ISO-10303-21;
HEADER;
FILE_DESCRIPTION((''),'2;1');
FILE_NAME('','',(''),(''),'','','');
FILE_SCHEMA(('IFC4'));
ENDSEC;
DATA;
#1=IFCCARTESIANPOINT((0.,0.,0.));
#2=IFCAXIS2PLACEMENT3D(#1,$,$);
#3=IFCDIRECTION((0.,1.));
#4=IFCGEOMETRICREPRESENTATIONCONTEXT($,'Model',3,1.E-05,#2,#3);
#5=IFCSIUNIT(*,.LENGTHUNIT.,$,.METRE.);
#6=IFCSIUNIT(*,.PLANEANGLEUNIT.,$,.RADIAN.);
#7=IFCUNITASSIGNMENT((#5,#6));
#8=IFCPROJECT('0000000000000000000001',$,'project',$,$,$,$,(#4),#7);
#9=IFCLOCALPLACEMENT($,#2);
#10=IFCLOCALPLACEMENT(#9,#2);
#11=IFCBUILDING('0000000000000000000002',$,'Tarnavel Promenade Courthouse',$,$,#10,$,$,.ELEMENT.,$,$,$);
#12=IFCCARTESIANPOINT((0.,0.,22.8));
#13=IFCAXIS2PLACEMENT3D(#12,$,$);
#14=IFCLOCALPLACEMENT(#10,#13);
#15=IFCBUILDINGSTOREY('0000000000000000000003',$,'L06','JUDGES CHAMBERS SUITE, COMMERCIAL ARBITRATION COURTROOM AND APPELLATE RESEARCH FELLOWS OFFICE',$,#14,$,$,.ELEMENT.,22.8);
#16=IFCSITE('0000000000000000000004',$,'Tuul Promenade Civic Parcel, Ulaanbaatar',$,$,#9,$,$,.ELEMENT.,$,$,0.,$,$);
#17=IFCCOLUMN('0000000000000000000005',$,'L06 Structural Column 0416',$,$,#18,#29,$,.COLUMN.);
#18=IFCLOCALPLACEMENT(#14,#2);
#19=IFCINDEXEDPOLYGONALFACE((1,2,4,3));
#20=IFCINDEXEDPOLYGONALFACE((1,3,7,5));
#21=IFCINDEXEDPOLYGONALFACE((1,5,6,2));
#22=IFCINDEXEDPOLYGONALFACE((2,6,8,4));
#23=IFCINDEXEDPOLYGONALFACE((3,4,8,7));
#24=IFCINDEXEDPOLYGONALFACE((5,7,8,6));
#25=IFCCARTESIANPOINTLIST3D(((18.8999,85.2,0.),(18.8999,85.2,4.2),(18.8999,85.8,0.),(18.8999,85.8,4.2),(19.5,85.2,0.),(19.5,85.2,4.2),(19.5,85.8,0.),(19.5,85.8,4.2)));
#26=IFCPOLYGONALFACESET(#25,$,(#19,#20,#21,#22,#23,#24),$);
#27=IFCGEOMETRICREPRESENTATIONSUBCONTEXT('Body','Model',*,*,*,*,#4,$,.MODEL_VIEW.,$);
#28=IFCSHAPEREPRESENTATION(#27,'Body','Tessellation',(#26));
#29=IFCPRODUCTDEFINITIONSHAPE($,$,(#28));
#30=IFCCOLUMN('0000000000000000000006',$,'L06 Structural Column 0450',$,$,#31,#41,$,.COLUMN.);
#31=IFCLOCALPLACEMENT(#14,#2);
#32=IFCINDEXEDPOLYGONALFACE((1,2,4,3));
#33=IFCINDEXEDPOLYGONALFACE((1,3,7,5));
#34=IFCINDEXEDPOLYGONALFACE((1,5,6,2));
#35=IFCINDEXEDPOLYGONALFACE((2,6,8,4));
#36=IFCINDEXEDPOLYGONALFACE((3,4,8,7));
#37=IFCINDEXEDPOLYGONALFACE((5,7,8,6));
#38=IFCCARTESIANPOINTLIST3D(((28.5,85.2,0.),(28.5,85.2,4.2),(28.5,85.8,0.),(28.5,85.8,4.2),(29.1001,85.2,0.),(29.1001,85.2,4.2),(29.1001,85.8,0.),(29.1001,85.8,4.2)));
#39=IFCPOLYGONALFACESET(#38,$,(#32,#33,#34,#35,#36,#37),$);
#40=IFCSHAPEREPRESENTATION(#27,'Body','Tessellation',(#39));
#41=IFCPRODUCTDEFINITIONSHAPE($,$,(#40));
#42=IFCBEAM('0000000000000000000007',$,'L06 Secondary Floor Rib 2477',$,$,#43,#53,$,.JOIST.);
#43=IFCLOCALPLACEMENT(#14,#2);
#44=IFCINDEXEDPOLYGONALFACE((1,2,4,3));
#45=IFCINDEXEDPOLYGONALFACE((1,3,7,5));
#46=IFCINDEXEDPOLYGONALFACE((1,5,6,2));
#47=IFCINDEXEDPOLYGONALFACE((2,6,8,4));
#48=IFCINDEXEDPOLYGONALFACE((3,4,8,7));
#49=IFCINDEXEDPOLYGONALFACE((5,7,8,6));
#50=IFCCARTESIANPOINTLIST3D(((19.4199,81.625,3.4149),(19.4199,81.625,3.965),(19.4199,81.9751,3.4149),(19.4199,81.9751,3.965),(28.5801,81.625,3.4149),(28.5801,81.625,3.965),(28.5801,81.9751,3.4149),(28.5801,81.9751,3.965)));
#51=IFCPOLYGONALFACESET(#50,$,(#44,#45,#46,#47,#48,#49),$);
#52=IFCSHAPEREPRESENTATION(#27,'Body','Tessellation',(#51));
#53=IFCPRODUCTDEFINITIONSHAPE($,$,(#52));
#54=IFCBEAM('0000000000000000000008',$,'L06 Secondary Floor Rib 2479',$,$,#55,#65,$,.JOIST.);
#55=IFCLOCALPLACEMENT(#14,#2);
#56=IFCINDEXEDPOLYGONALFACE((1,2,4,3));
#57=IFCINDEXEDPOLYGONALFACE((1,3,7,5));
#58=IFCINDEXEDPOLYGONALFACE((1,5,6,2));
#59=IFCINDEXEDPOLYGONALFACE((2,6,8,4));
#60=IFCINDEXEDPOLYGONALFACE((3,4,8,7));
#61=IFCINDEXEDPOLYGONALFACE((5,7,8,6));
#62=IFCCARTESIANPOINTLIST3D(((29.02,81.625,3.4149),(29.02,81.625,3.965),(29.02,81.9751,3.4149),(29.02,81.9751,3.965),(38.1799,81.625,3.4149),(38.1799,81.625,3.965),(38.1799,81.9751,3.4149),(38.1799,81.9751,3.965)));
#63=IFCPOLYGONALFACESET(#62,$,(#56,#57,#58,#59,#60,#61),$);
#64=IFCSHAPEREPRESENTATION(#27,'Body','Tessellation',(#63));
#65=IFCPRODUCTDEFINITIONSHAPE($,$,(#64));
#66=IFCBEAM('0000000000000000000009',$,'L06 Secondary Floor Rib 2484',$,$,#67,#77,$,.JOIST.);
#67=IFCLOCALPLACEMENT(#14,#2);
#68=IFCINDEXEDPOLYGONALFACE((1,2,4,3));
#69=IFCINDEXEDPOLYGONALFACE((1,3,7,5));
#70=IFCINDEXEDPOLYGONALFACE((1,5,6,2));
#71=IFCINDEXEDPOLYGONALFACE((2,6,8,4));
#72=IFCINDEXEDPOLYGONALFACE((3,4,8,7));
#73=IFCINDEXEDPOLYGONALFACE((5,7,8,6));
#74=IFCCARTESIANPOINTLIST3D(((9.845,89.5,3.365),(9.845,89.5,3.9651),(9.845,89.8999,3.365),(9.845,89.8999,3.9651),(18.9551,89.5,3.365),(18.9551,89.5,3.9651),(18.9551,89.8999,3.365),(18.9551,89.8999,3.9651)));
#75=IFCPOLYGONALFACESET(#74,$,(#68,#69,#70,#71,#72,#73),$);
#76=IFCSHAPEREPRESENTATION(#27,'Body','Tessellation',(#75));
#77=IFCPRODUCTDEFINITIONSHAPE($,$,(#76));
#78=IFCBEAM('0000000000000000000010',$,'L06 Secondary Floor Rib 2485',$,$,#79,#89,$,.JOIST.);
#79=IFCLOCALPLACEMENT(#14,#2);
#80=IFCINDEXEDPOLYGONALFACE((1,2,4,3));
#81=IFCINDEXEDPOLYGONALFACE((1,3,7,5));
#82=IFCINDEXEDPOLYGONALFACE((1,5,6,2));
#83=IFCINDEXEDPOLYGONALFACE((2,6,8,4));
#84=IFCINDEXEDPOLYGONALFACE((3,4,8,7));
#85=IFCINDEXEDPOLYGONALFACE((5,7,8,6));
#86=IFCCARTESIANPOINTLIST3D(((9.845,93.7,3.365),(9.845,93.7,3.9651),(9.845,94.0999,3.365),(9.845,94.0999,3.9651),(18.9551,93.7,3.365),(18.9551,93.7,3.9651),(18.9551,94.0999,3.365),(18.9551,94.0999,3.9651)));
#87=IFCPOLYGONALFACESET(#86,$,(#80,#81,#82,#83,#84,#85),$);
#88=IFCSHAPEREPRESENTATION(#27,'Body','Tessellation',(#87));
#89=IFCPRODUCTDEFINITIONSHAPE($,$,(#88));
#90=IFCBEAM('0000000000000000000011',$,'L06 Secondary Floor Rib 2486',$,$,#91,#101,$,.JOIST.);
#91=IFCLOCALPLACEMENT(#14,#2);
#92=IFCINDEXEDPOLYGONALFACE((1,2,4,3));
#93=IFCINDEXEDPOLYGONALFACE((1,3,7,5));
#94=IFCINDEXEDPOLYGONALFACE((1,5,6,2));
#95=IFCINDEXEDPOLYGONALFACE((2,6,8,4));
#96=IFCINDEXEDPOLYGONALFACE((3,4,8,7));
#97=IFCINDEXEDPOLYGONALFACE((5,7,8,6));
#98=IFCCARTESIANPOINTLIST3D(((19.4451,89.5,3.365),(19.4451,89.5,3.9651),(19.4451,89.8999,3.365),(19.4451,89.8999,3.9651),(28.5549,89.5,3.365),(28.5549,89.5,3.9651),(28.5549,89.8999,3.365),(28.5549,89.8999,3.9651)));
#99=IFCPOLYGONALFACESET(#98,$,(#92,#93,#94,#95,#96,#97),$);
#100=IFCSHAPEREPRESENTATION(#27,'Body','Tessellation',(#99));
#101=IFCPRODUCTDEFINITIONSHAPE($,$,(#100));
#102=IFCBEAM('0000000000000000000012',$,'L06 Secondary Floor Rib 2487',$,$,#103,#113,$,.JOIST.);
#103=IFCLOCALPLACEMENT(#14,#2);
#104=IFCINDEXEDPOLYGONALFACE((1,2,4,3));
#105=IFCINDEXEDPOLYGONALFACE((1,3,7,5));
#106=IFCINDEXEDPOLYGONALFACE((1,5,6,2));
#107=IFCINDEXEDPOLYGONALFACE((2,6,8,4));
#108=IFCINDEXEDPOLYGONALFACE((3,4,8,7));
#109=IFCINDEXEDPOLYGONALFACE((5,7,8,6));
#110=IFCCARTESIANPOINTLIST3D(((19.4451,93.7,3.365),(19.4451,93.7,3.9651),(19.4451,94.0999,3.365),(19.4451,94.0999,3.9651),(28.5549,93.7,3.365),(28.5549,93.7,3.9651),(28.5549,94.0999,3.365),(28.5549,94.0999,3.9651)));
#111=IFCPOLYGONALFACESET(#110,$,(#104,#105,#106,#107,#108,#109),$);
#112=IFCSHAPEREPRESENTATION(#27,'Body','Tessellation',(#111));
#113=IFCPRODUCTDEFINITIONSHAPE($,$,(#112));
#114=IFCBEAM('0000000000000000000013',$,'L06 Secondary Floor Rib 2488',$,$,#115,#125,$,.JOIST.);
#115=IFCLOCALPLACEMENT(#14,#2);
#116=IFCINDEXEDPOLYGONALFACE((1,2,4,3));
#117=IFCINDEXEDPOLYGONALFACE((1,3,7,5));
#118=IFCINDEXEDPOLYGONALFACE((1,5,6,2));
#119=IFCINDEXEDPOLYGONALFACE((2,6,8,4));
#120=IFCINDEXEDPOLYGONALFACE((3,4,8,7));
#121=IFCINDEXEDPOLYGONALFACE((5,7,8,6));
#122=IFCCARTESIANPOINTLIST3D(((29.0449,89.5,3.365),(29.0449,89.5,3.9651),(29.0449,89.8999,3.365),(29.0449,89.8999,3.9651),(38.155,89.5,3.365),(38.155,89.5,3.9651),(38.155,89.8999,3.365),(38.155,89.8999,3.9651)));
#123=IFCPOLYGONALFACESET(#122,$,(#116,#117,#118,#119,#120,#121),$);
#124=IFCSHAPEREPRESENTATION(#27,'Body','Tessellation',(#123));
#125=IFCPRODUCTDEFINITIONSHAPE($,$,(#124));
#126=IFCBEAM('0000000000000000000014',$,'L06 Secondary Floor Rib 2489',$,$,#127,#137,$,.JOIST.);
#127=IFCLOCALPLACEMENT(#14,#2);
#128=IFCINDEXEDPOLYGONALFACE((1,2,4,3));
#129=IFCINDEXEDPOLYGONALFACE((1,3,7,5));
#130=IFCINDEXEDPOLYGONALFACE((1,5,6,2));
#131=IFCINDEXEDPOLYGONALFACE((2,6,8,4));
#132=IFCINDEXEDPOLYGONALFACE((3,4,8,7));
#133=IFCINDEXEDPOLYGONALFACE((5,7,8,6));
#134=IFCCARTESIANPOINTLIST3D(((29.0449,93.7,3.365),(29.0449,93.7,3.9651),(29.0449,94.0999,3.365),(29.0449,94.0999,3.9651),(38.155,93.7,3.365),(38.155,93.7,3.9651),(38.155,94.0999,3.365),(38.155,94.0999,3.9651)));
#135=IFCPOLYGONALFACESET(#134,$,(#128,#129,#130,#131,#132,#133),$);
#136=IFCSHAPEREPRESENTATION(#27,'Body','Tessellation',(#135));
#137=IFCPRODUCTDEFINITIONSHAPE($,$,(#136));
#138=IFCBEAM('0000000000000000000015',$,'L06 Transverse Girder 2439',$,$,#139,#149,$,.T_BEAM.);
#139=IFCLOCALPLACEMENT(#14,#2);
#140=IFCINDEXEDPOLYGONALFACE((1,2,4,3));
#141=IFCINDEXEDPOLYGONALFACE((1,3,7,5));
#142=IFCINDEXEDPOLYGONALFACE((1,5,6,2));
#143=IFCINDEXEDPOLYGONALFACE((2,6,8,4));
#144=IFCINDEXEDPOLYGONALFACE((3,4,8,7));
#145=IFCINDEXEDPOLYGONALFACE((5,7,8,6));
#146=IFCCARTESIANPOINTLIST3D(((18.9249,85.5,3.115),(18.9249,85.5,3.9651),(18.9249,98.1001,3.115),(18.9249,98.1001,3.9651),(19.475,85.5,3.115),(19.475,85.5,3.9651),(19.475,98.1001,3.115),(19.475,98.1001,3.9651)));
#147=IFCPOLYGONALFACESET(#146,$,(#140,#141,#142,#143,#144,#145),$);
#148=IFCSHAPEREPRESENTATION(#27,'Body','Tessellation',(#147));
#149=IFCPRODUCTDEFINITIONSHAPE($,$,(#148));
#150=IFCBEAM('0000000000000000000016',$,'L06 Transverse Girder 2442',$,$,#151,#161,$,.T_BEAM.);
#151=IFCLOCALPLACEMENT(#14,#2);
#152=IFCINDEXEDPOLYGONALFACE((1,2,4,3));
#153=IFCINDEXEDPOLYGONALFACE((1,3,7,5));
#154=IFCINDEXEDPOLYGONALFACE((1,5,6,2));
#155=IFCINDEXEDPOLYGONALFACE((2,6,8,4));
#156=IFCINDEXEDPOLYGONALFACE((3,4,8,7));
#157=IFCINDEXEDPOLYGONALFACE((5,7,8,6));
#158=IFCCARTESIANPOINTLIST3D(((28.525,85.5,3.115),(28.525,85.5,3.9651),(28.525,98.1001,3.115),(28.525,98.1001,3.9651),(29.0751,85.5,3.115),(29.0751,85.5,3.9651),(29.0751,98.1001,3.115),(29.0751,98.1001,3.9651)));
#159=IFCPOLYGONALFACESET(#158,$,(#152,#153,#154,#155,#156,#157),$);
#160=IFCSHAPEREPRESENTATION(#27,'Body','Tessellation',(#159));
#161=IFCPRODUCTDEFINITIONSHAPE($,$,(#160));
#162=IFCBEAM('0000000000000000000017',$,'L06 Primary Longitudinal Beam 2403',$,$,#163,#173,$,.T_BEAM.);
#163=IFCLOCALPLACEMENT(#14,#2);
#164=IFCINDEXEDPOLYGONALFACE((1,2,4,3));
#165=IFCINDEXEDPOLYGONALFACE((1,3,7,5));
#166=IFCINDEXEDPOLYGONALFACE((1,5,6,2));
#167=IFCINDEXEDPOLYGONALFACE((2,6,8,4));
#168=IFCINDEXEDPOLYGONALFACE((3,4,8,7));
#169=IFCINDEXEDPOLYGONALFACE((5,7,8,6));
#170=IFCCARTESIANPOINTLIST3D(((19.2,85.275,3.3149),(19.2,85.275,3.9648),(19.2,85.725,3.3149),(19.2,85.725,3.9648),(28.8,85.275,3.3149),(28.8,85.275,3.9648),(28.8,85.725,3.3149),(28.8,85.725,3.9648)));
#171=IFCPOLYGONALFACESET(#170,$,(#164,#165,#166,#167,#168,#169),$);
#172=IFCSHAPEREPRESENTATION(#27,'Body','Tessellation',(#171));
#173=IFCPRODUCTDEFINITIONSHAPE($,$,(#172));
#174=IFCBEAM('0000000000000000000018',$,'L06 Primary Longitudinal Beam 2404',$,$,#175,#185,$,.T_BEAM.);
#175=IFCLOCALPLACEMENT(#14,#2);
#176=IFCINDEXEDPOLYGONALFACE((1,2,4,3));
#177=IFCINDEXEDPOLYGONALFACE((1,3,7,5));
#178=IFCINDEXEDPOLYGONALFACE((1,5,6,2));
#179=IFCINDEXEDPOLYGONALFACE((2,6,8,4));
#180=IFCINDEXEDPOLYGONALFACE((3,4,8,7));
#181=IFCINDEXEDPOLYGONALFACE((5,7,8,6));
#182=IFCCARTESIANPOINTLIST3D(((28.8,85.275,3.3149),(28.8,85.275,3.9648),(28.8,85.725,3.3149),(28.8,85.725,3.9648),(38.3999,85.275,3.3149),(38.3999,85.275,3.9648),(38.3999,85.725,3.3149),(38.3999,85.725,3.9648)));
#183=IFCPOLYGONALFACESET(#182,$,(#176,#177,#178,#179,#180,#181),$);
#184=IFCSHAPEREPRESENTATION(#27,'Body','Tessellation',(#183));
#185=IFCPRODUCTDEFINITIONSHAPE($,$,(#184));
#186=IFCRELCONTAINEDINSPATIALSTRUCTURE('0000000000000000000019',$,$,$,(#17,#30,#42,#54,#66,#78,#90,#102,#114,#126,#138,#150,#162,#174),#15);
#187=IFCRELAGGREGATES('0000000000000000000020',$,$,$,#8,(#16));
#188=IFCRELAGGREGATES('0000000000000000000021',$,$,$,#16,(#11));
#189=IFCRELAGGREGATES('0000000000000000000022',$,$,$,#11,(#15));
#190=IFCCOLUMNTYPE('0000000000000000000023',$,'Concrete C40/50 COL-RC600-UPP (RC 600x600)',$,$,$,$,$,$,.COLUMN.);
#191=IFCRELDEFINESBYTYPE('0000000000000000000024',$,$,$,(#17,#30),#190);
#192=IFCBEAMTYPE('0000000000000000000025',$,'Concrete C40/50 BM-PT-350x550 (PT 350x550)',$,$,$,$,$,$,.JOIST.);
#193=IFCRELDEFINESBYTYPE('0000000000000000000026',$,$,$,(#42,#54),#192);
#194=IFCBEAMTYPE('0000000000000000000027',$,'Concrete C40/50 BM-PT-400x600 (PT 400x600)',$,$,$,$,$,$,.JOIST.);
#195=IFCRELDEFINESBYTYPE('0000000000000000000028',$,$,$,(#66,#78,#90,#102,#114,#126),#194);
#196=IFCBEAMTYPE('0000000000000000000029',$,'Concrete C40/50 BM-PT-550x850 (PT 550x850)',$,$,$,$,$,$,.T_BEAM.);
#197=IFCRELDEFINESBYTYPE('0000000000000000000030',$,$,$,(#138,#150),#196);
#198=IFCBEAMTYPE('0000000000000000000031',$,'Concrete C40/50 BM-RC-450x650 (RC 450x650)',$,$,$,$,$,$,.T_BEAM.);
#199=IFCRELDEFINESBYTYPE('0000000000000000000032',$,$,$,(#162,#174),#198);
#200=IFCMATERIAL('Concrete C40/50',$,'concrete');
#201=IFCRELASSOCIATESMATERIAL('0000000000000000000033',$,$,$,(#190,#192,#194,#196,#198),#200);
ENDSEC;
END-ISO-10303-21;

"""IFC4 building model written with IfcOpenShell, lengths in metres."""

from ifc_helpers import new_model, si_unit, direction, frame, origin, origin_2d, place, context, subcontext, project, spatial, rectangle, extrude, material, material_profile, profile_set, type_object, element, save


model = new_model("IFC4")

# Units and contexts
model_context = context("Model", 3, precision=1e-05, world=origin(), true_north=direction((0.0, 1.0)))
body_context = subcontext(model_context, "Body", "Model", "MODEL_VIEW")
ifc_project = project(units=[si_unit("LENGTHUNIT", "METRE"), si_unit("PLANEANGLEUNIT", "RADIAN")], contexts=[model_context])

# Site, building, storey
site_placement = place(None, origin())
site = spatial("IfcSite", under=ifc_project, at=site_placement, Name="Tuul Promenade Civic Parcel, Ulaanbaatar", CompositionType="ELEMENT", RefElevation=0.0)
building_placement = place(site_placement, origin())
building = spatial("IfcBuilding", under=site, at=building_placement, Name="Tarnavel Promenade Courthouse", CompositionType="ELEMENT")
storey_placement = place(building_placement, frame((0.0, 0.0, 22.8)))
storey = spatial("IfcBuildingStorey", under=building, at=storey_placement, Name="L06", Description="JUDGES CHAMBERS SUITE, COMMERCIAL ARBITRATION COURTROOM AND APPELLATE RESEARCH FELLOWS OFFICE", CompositionType="ELEMENT", Elevation=22.8)

# Columns
ifc_material_1 = material(Name="Concrete C40/50", Category="concrete")
ifc_material_profile_1 = material_profile(ifc_material_1, rectangle(XDim=0.6001, YDim=0.6001, at=origin_2d()), Name="RC 600x600")
ifc_profile_set_1 = profile_set([ifc_material_profile_1], Name="Concrete C40/50")
column_type = type_object("IfcColumnType", Name="Concrete C40/50 COL-RC600-UPP (RC 600x600)", PredefinedType="COLUMN", material=ifc_profile_set_1)
for number, where, z_axis, x_axis, name in (
    (1, (19.2, 85.5, 0.0), (0.0, 0.0, 1.0), (1.0, 0.0, 0.0), "L06 Structural Column 0416"),
    (2, (28.8, 85.5, 0.0), (0.0, 0.0, 1.0), (1.0, 0.0, 0.0), "L06 Structural Column 0450"),
):
    element("IfcColumn", number, at=place(storey_placement, frame(where, z_axis=z_axis, x_axis=x_axis)), inside=storey, type_object=column_type, Name=name, PredefinedType="COLUMN", context=body_context, shape_type="SweptSolid", body=[
        extrude(rectangle(XDim=0.6001, YDim=0.6001, at=origin_2d()), origin(), (0.0, 0.0, 1.0), 4.2),
    ])

# Beams
ifc_material_profile_2 = material_profile(ifc_material_1, rectangle(XDim=0.3501, YDim=0.55, at=origin_2d()), Name="PT 350x550")
ifc_profile_set_2 = profile_set([ifc_material_profile_2], Name="Concrete C40/50")
beam_type_1 = type_object("IfcBeamType", Name="Concrete C40/50 BM-PT-350x550 (PT 350x550)", PredefinedType="JOIST", material=ifc_profile_set_2)
beam_1_placement = place(storey_placement, frame((19.4199, 81.8, 3.6899), z_axis=(1.0, 0.0, 0.0), x_axis=(0.0, 1.0, 0.0)))
element("IfcBeam", 3, at=beam_1_placement, inside=storey, type_object=beam_type_1, Name="L06 Secondary Floor Rib 2477", PredefinedType="JOIST", context=body_context, shape_type="SweptSolid", body=[
    extrude(rectangle(XDim=0.3501, YDim=0.55, at=origin_2d()), origin(), (0.0, 0.0, 1.0), 9.1602),
])
beam_2_placement = place(storey_placement, frame((29.02, 81.8, 3.6899), z_axis=(1.0, 0.0, 0.0), x_axis=(0.0, 1.0, 0.0)))
element("IfcBeam", 4, at=beam_2_placement, inside=storey, type_object=beam_type_1, Name="L06 Secondary Floor Rib 2479", PredefinedType="JOIST", context=body_context, shape_type="SweptSolid", body=[
    extrude(rectangle(XDim=0.3501, YDim=0.55, at=origin_2d()), origin(), (0.0, 0.0, 1.0), 9.1599),
])
ifc_material_profile_3 = material_profile(ifc_material_1, rectangle(XDim=0.3999, YDim=0.6001, at=origin_2d()), Name="PT 400x600")
ifc_profile_set_3 = profile_set([ifc_material_profile_3], Name="Concrete C40/50")
beam_type_2 = type_object("IfcBeamType", Name="Concrete C40/50 BM-PT-400x600 (PT 400x600)", PredefinedType="JOIST", material=ifc_profile_set_3)
for number, where, z_axis, x_axis, name in (
    (5, (9.845, 89.7, 3.665), (1.0, 0.0, 0.0), (0.0, 1.0, 0.0), "L06 Secondary Floor Rib 2484"),
    (6, (9.845, 93.8999, 3.665), (1.0, 0.0, 0.0), (0.0, 1.0, 0.0), "L06 Secondary Floor Rib 2485"),
):
    element("IfcBeam", number, at=place(storey_placement, frame(where, z_axis=z_axis, x_axis=x_axis)), inside=storey, type_object=beam_type_2, Name=name, PredefinedType="JOIST", context=body_context, shape_type="SweptSolid", body=[
        extrude(rectangle(XDim=0.3999, YDim=0.6001, at=origin_2d()), origin(), (0.0, 0.0, 1.0), 9.1101),
    ])
for number, where, z_axis, x_axis, name in (
    (7, (19.4451, 89.7, 3.665), (1.0, 0.0, 0.0), (0.0, 1.0, 0.0), "L06 Secondary Floor Rib 2486"),
    (8, (19.4451, 93.8999, 3.665), (1.0, 0.0, 0.0), (0.0, 1.0, 0.0), "L06 Secondary Floor Rib 2487"),
):
    element("IfcBeam", number, at=place(storey_placement, frame(where, z_axis=z_axis, x_axis=x_axis)), inside=storey, type_object=beam_type_2, Name=name, PredefinedType="JOIST", context=body_context, shape_type="SweptSolid", body=[
        extrude(rectangle(XDim=0.3999, YDim=0.6001, at=origin_2d()), origin(), (0.0, 0.0, 1.0), 9.1099),
    ])
for number, where, z_axis, x_axis, name in (
    (9, (29.0449, 89.7, 3.665), (1.0, 0.0, 0.0), (0.0, 1.0, 0.0), "L06 Secondary Floor Rib 2488"),
    (10, (29.0449, 93.8999, 3.665), (1.0, 0.0, 0.0), (0.0, 1.0, 0.0), "L06 Secondary Floor Rib 2489"),
):
    element("IfcBeam", number, at=place(storey_placement, frame(where, z_axis=z_axis, x_axis=x_axis)), inside=storey, type_object=beam_type_2, Name=name, PredefinedType="JOIST", context=body_context, shape_type="SweptSolid", body=[
        extrude(rectangle(XDim=0.3999, YDim=0.6001, at=origin_2d()), origin(), (0.0, 0.0, 1.0), 9.1101),
    ])
ifc_material_profile_4 = material_profile(ifc_material_1, rectangle(XDim=0.55, YDim=0.8501, at=origin_2d()), Name="PT 550x850")
ifc_profile_set_4 = profile_set([ifc_material_profile_4], Name="Concrete C40/50")
beam_type_3 = type_object("IfcBeamType", Name="Concrete C40/50 BM-PT-550x850 (PT 550x850)", PredefinedType="T_BEAM", material=ifc_profile_set_4)
for number, where, z_axis, x_axis, name in (
    (11, (19.2, 85.5, 3.54), (0.0, 1.0, 0.0), (-1.0, 0.0, 0.0), "L06 Transverse Girder 2439"),
    (12, (28.8, 85.5, 3.54), (0.0, 1.0, 0.0), (-1.0, 0.0, 0.0), "L06 Transverse Girder 2442"),
):
    element("IfcBeam", number, at=place(storey_placement, frame(where, z_axis=z_axis, x_axis=x_axis)), inside=storey, type_object=beam_type_3, Name=name, PredefinedType="T_BEAM", context=body_context, shape_type="SweptSolid", body=[
        extrude(rectangle(XDim=0.55, YDim=0.8501, at=origin_2d()), origin(), (0.0, 0.0, 1.0), 12.6001),
    ])
ifc_material_profile_5 = material_profile(ifc_material_1, rectangle(XDim=0.45, YDim=0.6499, at=origin_2d()), Name="RC 450x650")
ifc_profile_set_5 = profile_set([ifc_material_profile_5], Name="Concrete C40/50")
beam_type_4 = type_object("IfcBeamType", Name="Concrete C40/50 BM-RC-450x650 (RC 450x650)", PredefinedType="T_BEAM", material=ifc_profile_set_5)
beam_3_placement = place(storey_placement, frame((19.2, 85.5, 3.6399), z_axis=(1.0, 0.0, 0.0), x_axis=(0.0, 1.0, 0.0)))
element("IfcBeam", 13, at=beam_3_placement, inside=storey, type_object=beam_type_4, Name="L06 Primary Longitudinal Beam 2403", PredefinedType="T_BEAM", context=body_context, shape_type="SweptSolid", body=[
    extrude(rectangle(XDim=0.45, YDim=0.6499, at=origin_2d()), origin(), (0.0, 0.0, 1.0), 9.6001),
])
beam_4_placement = place(storey_placement, frame((28.8, 85.5, 3.6399), z_axis=(1.0, 0.0, 0.0), x_axis=(0.0, 1.0, 0.0)))
element("IfcBeam", 14, at=beam_4_placement, inside=storey, type_object=beam_type_4, Name="L06 Primary Longitudinal Beam 2404", PredefinedType="T_BEAM", context=body_context, shape_type="SweptSolid", body=[
    extrude(rectangle(XDim=0.45, YDim=0.6499, at=origin_2d()), origin(), (0.0, 0.0, 1.0), 9.5999),
])

save(model, "model.ifc")
